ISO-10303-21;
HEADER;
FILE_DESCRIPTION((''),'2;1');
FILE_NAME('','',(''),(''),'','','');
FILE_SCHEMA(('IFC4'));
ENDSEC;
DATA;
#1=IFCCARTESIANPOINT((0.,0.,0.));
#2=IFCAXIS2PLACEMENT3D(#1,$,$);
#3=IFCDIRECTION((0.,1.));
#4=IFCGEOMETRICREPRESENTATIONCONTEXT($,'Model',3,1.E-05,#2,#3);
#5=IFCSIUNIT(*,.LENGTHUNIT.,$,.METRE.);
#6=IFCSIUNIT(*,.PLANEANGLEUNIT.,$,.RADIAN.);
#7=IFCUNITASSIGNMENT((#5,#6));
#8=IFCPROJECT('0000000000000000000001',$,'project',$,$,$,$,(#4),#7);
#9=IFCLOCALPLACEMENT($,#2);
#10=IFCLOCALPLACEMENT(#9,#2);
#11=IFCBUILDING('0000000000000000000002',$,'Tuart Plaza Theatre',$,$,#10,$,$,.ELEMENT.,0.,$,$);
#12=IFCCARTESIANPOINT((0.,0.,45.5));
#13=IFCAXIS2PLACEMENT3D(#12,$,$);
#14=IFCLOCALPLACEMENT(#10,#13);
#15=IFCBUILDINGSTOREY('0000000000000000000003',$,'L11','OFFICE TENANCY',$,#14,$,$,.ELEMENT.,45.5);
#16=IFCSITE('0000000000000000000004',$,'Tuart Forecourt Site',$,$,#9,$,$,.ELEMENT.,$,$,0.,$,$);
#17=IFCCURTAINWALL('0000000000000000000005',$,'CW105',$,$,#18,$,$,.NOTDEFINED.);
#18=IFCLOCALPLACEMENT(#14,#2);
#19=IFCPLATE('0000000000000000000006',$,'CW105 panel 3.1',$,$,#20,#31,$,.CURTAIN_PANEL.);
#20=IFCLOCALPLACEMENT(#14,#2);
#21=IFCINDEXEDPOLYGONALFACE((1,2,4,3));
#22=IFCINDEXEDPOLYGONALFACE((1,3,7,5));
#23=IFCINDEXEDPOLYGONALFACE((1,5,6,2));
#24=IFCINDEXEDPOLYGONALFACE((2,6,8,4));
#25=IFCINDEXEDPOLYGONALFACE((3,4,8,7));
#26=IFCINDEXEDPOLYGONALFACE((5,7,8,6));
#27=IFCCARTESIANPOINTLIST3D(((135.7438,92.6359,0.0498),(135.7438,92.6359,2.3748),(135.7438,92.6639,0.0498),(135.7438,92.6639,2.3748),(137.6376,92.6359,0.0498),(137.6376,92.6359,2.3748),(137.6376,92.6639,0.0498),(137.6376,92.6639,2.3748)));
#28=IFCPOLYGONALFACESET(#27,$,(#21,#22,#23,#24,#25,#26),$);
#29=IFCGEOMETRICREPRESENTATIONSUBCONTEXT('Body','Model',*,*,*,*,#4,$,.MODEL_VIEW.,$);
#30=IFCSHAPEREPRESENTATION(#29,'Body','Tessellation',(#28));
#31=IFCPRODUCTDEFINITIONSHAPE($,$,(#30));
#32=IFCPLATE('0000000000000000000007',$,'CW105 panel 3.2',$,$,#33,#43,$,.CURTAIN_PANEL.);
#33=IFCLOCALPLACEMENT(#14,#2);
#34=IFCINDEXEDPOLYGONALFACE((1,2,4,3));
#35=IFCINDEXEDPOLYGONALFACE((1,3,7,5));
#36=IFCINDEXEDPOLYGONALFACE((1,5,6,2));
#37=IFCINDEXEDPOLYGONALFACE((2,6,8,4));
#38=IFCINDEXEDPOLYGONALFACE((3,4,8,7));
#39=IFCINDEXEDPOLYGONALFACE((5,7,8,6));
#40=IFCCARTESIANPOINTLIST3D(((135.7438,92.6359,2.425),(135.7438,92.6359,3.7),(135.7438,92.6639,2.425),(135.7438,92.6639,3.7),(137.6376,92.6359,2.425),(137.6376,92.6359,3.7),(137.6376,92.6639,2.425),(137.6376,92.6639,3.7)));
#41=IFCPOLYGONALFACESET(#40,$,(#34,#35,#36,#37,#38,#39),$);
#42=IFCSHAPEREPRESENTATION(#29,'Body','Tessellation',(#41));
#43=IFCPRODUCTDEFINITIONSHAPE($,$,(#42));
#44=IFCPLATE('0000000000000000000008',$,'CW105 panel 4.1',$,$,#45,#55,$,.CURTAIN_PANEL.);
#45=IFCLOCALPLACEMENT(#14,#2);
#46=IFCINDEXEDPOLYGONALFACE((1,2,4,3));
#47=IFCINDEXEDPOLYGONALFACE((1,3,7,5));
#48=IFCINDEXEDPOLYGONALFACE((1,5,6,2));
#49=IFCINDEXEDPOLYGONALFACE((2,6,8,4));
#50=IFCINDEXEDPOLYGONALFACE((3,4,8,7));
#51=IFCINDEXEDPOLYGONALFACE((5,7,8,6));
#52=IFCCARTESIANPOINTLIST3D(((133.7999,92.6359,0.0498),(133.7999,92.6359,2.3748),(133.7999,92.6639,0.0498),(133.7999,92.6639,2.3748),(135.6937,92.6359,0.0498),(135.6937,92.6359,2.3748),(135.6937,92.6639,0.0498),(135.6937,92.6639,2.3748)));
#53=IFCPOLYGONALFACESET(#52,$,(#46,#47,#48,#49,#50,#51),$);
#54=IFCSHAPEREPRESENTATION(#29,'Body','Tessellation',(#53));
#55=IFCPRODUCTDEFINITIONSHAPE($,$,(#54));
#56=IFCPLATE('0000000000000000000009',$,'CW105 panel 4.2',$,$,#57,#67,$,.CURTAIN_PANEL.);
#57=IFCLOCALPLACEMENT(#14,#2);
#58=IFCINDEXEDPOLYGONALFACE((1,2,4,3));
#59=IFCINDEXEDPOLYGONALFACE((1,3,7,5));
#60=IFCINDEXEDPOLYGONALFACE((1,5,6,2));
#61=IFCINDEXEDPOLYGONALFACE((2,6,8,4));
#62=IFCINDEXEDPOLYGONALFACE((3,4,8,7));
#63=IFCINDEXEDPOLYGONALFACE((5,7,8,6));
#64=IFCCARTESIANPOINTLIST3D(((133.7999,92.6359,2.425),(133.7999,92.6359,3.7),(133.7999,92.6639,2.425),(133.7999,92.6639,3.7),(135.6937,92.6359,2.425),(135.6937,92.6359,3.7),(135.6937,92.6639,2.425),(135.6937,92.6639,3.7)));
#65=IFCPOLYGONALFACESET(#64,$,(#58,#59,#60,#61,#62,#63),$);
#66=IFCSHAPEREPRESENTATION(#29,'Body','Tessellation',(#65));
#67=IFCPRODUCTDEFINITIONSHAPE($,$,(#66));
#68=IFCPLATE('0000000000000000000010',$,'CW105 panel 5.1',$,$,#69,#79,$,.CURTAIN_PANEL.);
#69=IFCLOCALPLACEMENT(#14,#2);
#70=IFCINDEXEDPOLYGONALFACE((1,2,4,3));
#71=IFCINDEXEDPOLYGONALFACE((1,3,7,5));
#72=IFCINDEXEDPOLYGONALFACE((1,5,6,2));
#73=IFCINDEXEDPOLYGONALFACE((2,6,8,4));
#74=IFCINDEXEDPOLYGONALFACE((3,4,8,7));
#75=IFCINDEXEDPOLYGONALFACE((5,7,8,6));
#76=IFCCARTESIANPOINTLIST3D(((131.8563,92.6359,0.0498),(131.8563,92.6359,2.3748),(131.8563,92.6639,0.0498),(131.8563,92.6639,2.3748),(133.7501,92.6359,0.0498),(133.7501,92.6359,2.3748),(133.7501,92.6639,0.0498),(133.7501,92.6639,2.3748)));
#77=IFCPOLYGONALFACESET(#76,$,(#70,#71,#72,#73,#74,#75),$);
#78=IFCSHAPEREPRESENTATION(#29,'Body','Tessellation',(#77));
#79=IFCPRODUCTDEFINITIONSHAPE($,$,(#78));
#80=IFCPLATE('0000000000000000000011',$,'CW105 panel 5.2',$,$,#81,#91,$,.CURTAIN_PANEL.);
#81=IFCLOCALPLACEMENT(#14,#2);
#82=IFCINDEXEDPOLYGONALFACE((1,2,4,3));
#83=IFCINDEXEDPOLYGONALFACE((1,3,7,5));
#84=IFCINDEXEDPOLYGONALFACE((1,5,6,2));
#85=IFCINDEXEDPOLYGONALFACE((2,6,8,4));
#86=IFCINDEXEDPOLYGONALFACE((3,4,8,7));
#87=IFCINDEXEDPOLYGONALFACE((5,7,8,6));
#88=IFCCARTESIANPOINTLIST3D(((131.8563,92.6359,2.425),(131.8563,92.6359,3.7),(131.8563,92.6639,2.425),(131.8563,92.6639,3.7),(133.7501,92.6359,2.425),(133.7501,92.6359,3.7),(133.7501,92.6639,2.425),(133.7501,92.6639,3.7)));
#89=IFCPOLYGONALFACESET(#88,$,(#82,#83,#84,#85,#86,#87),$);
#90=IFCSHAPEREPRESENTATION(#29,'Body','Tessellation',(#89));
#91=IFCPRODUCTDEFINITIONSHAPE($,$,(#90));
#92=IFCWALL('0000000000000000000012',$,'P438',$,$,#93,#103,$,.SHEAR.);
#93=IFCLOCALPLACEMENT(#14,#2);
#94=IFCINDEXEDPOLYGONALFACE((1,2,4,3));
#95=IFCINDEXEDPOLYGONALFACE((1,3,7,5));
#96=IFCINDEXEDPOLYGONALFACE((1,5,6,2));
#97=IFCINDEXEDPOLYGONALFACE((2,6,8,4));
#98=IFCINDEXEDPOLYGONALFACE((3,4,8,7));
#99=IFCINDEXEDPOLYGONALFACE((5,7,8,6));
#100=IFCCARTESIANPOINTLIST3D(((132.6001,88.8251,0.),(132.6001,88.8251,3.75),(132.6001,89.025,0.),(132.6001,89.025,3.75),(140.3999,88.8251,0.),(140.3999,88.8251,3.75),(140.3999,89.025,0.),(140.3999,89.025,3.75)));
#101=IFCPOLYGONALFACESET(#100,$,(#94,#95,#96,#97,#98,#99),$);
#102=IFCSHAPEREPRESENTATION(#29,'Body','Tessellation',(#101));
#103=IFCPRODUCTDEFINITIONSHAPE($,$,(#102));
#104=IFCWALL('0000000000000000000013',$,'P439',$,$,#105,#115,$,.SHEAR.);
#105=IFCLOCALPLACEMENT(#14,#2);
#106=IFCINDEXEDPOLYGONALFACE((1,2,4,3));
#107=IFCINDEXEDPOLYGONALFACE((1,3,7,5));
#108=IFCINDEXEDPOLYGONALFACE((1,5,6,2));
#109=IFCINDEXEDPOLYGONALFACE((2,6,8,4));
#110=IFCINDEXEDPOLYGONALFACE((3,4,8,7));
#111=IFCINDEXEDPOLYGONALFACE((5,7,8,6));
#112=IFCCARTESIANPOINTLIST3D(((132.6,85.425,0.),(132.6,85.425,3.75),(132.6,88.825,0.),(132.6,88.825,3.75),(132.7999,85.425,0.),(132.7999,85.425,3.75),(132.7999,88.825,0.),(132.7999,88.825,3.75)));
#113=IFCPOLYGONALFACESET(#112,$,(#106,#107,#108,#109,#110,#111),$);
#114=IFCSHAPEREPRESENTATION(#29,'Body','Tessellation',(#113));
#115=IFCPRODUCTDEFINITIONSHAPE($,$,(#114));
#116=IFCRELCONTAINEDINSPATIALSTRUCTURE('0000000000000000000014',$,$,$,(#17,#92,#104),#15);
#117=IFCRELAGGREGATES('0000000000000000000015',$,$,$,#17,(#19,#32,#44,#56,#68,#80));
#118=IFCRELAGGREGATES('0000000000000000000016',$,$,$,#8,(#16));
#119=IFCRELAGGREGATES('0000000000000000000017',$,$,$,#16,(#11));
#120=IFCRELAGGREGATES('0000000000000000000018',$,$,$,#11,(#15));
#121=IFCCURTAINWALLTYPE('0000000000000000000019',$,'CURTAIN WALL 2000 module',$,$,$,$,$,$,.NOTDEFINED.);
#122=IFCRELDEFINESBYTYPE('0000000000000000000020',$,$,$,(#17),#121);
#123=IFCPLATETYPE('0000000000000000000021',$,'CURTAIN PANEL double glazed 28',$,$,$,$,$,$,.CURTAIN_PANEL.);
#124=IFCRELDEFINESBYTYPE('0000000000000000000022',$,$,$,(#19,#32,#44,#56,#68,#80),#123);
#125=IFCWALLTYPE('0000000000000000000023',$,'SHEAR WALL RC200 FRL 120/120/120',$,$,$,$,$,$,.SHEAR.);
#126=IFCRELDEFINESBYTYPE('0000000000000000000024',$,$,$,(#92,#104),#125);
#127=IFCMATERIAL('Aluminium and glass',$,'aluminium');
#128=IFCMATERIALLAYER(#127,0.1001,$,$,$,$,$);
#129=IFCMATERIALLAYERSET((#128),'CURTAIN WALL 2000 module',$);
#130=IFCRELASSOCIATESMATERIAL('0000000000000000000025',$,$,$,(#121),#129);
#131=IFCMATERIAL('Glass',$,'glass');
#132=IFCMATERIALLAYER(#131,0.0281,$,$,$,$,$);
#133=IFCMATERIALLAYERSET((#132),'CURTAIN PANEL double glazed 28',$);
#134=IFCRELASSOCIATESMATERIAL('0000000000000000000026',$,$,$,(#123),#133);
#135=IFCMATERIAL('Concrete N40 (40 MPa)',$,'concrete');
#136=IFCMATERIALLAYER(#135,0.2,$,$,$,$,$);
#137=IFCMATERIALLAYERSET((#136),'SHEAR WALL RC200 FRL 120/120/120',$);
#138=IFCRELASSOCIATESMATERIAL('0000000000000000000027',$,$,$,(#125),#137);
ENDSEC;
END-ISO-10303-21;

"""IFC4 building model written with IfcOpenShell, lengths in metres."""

from ifc_helpers import new_model, si_unit, direction, frame, frame_2d, origin, origin_2d, place, context, subcontext, project, spatial, rectangle, extrude, material, layer, layer_set, type_object, element, aggregate, save


model = new_model("IFC4")

# Units and contexts
model_context = context("Model", 3, precision=1e-05, world=origin(), true_north=direction((0.0, 1.0)))
body_context = subcontext(model_context, "Body", "Model", "MODEL_VIEW")
ifc_project = project(units=[si_unit("LENGTHUNIT", "METRE"), si_unit("PLANEANGLEUNIT", "RADIAN")], contexts=[model_context])

# Site, building, storey
site_placement = place(None, origin())
site = spatial("IfcSite", under=ifc_project, at=site_placement, Name="Tuart Forecourt Site", CompositionType="ELEMENT", RefElevation=0.0)
building_placement = place(site_placement, origin())
building = spatial("IfcBuilding", under=site, at=building_placement, Name="Tuart Plaza Theatre", CompositionType="ELEMENT", ElevationOfRefHeight=0.0)
storey_placement = place(building_placement, frame((0.0, 0.0, 45.5)))
storey = spatial("IfcBuildingStorey", under=building, at=storey_placement, Name="L11", Description="OFFICE TENANCY", CompositionType="ELEMENT", Elevation=45.5)

# Curtain wall, plates
ifc_material_1 = material(Name="Aluminium and glass", Category="aluminium")
ifc_layer_1 = layer(ifc_material_1, 0.1001)
ifc_layer_set_1 = layer_set([ifc_layer_1], Name="CURTAIN WALL 2000 module")
curtain_wall_type = type_object("IfcCurtainWallType", Name="CURTAIN WALL 2000 module", PredefinedType="NOTDEFINED", material=ifc_layer_set_1)
curtain_wall_placement = place(storey_placement, origin())
curtain_wall = element("IfcCurtainWall", 1, at=curtain_wall_placement, inside=storey, type_object=curtain_wall_type, Name="CW105", PredefinedType="NOTDEFINED")
ifc_material_2 = material(Name="Glass", Category="glass")
ifc_layer_2 = layer(ifc_material_2, 0.0281)
ifc_layer_set_2 = layer_set([ifc_layer_2], Name="CURTAIN PANEL double glazed 28")
plate_type = type_object("IfcPlateType", Name="CURTAIN PANEL double glazed 28", PredefinedType="CURTAIN_PANEL", material=ifc_layer_set_2)
plate_1_placement = place(storey_placement, frame((136.6907, 92.6499, 0.0498), z_axis=(0.0, 0.0, 1.0), x_axis=(-1.0, 0.0, 0.0)))
plate_1 = element("IfcPlate", 2, at=plate_1_placement, type_object=plate_type, Name="CW105 panel 3.1", PredefinedType="CURTAIN_PANEL", context=body_context, shape_type="SweptSolid", body=[
    extrude(rectangle(XDim=1.8938, YDim=0.0281, at=origin_2d()), origin(), (0.0, 0.0, 1.0), 2.325),
])
plate_2_placement = place(storey_placement, frame((136.6907, 92.6499, 2.425), z_axis=(0.0, 0.0, 1.0), x_axis=(-1.0, 0.0, 0.0)))
plate_2 = element("IfcPlate", 3, at=plate_2_placement, type_object=plate_type, Name="CW105 panel 3.2", PredefinedType="CURTAIN_PANEL", context=body_context, shape_type="SweptSolid", body=[
    extrude(rectangle(XDim=1.8938, YDim=0.0281, at=origin_2d()), origin(), (0.0, 0.0, 1.0), 1.2749),
])
plate_3_placement = place(storey_placement, frame((134.7468, 92.6499, 0.0498), z_axis=(0.0, 0.0, 1.0), x_axis=(-1.0, 0.0, 0.0)))
plate_3 = element("IfcPlate", 4, at=plate_3_placement, type_object=plate_type, Name="CW105 panel 4.1", PredefinedType="CURTAIN_PANEL", context=body_context, shape_type="SweptSolid", body=[
    extrude(rectangle(XDim=1.8938, YDim=0.0281, at=origin_2d()), origin(), (0.0, 0.0, 1.0), 2.325),
])
plate_4_placement = place(storey_placement, frame((134.7468, 92.6499, 2.425), z_axis=(0.0, 0.0, 1.0), x_axis=(-1.0, 0.0, 0.0)))
plate_4 = element("IfcPlate", 5, at=plate_4_placement, type_object=plate_type, Name="CW105 panel 4.2", PredefinedType="CURTAIN_PANEL", context=body_context, shape_type="SweptSolid", body=[
    extrude(rectangle(XDim=1.8938, YDim=0.0281, at=origin_2d()), origin(), (0.0, 0.0, 1.0), 1.2749),
])
plate_5_placement = place(storey_placement, frame((132.8032, 92.6499, 0.0498), z_axis=(0.0, 0.0, 1.0), x_axis=(-1.0, 0.0, 0.0)))
plate_5 = element("IfcPlate", 6, at=plate_5_placement, type_object=plate_type, Name="CW105 panel 5.1", PredefinedType="CURTAIN_PANEL", context=body_context, shape_type="SweptSolid", body=[
    extrude(rectangle(XDim=1.8938, YDim=0.0281, at=origin_2d()), origin(), (0.0, 0.0, 1.0), 2.325),
])
plate_6_placement = place(storey_placement, frame((132.8032, 92.6499, 2.425), z_axis=(0.0, 0.0, 1.0), x_axis=(-1.0, 0.0, 0.0)))
plate_6 = element("IfcPlate", 7, at=plate_6_placement, type_object=plate_type, Name="CW105 panel 5.2", PredefinedType="CURTAIN_PANEL", context=body_context, shape_type="SweptSolid", body=[
    extrude(rectangle(XDim=1.8938, YDim=0.0281, at=origin_2d()), origin(), (0.0, 0.0, 1.0), 1.2749),
])
aggregate(curtain_wall, [plate_1, plate_2, plate_3, plate_4, plate_5, plate_6])

# Walls
ifc_material_3 = material(Name="Concrete N40 (40 MPa)", Category="concrete")
ifc_layer_3 = layer(ifc_material_3, 0.2)
ifc_layer_set_3 = layer_set([ifc_layer_3], Name="SHEAR WALL RC200 FRL 120/120/120")
wall_type = type_object("IfcWallType", Name="SHEAR WALL RC200 FRL 120/120/120", PredefinedType="SHEAR", material=ifc_layer_set_3)
wall_1_placement = place(storey_placement, frame((140.3999, 88.925, 0.0), z_axis=(0.0, 0.0, 1.0), x_axis=(-1.0, 0.0, 0.0)))
element("IfcWall", 8, at=wall_1_placement, inside=storey, type_object=wall_type, Name="P438", PredefinedType="SHEAR", context=body_context, shape_type="SweptSolid", body=[
    extrude(rectangle(XDim=7.7998, YDim=0.2, at=frame_2d((3.8999, 0.0))), origin(), (0.0, 0.0, 1.0), 3.75),
])
wall_2_placement = place(storey_placement, frame((132.7, 88.825, 0.0), z_axis=(0.0, 0.0, 1.0), x_axis=(0.0, -1.0, 0.0)))
element("IfcWall", 9, at=wall_2_placement, inside=storey, type_object=wall_type, Name="P439", PredefinedType="SHEAR", context=body_context, shape_type="SweptSolid", body=[
    extrude(rectangle(XDim=3.3999, YDim=0.2, at=frame_2d((1.7, 0.0))), origin(), (0.0, 0.0, 1.0), 3.75),
])

save(model, "model.ifc")
